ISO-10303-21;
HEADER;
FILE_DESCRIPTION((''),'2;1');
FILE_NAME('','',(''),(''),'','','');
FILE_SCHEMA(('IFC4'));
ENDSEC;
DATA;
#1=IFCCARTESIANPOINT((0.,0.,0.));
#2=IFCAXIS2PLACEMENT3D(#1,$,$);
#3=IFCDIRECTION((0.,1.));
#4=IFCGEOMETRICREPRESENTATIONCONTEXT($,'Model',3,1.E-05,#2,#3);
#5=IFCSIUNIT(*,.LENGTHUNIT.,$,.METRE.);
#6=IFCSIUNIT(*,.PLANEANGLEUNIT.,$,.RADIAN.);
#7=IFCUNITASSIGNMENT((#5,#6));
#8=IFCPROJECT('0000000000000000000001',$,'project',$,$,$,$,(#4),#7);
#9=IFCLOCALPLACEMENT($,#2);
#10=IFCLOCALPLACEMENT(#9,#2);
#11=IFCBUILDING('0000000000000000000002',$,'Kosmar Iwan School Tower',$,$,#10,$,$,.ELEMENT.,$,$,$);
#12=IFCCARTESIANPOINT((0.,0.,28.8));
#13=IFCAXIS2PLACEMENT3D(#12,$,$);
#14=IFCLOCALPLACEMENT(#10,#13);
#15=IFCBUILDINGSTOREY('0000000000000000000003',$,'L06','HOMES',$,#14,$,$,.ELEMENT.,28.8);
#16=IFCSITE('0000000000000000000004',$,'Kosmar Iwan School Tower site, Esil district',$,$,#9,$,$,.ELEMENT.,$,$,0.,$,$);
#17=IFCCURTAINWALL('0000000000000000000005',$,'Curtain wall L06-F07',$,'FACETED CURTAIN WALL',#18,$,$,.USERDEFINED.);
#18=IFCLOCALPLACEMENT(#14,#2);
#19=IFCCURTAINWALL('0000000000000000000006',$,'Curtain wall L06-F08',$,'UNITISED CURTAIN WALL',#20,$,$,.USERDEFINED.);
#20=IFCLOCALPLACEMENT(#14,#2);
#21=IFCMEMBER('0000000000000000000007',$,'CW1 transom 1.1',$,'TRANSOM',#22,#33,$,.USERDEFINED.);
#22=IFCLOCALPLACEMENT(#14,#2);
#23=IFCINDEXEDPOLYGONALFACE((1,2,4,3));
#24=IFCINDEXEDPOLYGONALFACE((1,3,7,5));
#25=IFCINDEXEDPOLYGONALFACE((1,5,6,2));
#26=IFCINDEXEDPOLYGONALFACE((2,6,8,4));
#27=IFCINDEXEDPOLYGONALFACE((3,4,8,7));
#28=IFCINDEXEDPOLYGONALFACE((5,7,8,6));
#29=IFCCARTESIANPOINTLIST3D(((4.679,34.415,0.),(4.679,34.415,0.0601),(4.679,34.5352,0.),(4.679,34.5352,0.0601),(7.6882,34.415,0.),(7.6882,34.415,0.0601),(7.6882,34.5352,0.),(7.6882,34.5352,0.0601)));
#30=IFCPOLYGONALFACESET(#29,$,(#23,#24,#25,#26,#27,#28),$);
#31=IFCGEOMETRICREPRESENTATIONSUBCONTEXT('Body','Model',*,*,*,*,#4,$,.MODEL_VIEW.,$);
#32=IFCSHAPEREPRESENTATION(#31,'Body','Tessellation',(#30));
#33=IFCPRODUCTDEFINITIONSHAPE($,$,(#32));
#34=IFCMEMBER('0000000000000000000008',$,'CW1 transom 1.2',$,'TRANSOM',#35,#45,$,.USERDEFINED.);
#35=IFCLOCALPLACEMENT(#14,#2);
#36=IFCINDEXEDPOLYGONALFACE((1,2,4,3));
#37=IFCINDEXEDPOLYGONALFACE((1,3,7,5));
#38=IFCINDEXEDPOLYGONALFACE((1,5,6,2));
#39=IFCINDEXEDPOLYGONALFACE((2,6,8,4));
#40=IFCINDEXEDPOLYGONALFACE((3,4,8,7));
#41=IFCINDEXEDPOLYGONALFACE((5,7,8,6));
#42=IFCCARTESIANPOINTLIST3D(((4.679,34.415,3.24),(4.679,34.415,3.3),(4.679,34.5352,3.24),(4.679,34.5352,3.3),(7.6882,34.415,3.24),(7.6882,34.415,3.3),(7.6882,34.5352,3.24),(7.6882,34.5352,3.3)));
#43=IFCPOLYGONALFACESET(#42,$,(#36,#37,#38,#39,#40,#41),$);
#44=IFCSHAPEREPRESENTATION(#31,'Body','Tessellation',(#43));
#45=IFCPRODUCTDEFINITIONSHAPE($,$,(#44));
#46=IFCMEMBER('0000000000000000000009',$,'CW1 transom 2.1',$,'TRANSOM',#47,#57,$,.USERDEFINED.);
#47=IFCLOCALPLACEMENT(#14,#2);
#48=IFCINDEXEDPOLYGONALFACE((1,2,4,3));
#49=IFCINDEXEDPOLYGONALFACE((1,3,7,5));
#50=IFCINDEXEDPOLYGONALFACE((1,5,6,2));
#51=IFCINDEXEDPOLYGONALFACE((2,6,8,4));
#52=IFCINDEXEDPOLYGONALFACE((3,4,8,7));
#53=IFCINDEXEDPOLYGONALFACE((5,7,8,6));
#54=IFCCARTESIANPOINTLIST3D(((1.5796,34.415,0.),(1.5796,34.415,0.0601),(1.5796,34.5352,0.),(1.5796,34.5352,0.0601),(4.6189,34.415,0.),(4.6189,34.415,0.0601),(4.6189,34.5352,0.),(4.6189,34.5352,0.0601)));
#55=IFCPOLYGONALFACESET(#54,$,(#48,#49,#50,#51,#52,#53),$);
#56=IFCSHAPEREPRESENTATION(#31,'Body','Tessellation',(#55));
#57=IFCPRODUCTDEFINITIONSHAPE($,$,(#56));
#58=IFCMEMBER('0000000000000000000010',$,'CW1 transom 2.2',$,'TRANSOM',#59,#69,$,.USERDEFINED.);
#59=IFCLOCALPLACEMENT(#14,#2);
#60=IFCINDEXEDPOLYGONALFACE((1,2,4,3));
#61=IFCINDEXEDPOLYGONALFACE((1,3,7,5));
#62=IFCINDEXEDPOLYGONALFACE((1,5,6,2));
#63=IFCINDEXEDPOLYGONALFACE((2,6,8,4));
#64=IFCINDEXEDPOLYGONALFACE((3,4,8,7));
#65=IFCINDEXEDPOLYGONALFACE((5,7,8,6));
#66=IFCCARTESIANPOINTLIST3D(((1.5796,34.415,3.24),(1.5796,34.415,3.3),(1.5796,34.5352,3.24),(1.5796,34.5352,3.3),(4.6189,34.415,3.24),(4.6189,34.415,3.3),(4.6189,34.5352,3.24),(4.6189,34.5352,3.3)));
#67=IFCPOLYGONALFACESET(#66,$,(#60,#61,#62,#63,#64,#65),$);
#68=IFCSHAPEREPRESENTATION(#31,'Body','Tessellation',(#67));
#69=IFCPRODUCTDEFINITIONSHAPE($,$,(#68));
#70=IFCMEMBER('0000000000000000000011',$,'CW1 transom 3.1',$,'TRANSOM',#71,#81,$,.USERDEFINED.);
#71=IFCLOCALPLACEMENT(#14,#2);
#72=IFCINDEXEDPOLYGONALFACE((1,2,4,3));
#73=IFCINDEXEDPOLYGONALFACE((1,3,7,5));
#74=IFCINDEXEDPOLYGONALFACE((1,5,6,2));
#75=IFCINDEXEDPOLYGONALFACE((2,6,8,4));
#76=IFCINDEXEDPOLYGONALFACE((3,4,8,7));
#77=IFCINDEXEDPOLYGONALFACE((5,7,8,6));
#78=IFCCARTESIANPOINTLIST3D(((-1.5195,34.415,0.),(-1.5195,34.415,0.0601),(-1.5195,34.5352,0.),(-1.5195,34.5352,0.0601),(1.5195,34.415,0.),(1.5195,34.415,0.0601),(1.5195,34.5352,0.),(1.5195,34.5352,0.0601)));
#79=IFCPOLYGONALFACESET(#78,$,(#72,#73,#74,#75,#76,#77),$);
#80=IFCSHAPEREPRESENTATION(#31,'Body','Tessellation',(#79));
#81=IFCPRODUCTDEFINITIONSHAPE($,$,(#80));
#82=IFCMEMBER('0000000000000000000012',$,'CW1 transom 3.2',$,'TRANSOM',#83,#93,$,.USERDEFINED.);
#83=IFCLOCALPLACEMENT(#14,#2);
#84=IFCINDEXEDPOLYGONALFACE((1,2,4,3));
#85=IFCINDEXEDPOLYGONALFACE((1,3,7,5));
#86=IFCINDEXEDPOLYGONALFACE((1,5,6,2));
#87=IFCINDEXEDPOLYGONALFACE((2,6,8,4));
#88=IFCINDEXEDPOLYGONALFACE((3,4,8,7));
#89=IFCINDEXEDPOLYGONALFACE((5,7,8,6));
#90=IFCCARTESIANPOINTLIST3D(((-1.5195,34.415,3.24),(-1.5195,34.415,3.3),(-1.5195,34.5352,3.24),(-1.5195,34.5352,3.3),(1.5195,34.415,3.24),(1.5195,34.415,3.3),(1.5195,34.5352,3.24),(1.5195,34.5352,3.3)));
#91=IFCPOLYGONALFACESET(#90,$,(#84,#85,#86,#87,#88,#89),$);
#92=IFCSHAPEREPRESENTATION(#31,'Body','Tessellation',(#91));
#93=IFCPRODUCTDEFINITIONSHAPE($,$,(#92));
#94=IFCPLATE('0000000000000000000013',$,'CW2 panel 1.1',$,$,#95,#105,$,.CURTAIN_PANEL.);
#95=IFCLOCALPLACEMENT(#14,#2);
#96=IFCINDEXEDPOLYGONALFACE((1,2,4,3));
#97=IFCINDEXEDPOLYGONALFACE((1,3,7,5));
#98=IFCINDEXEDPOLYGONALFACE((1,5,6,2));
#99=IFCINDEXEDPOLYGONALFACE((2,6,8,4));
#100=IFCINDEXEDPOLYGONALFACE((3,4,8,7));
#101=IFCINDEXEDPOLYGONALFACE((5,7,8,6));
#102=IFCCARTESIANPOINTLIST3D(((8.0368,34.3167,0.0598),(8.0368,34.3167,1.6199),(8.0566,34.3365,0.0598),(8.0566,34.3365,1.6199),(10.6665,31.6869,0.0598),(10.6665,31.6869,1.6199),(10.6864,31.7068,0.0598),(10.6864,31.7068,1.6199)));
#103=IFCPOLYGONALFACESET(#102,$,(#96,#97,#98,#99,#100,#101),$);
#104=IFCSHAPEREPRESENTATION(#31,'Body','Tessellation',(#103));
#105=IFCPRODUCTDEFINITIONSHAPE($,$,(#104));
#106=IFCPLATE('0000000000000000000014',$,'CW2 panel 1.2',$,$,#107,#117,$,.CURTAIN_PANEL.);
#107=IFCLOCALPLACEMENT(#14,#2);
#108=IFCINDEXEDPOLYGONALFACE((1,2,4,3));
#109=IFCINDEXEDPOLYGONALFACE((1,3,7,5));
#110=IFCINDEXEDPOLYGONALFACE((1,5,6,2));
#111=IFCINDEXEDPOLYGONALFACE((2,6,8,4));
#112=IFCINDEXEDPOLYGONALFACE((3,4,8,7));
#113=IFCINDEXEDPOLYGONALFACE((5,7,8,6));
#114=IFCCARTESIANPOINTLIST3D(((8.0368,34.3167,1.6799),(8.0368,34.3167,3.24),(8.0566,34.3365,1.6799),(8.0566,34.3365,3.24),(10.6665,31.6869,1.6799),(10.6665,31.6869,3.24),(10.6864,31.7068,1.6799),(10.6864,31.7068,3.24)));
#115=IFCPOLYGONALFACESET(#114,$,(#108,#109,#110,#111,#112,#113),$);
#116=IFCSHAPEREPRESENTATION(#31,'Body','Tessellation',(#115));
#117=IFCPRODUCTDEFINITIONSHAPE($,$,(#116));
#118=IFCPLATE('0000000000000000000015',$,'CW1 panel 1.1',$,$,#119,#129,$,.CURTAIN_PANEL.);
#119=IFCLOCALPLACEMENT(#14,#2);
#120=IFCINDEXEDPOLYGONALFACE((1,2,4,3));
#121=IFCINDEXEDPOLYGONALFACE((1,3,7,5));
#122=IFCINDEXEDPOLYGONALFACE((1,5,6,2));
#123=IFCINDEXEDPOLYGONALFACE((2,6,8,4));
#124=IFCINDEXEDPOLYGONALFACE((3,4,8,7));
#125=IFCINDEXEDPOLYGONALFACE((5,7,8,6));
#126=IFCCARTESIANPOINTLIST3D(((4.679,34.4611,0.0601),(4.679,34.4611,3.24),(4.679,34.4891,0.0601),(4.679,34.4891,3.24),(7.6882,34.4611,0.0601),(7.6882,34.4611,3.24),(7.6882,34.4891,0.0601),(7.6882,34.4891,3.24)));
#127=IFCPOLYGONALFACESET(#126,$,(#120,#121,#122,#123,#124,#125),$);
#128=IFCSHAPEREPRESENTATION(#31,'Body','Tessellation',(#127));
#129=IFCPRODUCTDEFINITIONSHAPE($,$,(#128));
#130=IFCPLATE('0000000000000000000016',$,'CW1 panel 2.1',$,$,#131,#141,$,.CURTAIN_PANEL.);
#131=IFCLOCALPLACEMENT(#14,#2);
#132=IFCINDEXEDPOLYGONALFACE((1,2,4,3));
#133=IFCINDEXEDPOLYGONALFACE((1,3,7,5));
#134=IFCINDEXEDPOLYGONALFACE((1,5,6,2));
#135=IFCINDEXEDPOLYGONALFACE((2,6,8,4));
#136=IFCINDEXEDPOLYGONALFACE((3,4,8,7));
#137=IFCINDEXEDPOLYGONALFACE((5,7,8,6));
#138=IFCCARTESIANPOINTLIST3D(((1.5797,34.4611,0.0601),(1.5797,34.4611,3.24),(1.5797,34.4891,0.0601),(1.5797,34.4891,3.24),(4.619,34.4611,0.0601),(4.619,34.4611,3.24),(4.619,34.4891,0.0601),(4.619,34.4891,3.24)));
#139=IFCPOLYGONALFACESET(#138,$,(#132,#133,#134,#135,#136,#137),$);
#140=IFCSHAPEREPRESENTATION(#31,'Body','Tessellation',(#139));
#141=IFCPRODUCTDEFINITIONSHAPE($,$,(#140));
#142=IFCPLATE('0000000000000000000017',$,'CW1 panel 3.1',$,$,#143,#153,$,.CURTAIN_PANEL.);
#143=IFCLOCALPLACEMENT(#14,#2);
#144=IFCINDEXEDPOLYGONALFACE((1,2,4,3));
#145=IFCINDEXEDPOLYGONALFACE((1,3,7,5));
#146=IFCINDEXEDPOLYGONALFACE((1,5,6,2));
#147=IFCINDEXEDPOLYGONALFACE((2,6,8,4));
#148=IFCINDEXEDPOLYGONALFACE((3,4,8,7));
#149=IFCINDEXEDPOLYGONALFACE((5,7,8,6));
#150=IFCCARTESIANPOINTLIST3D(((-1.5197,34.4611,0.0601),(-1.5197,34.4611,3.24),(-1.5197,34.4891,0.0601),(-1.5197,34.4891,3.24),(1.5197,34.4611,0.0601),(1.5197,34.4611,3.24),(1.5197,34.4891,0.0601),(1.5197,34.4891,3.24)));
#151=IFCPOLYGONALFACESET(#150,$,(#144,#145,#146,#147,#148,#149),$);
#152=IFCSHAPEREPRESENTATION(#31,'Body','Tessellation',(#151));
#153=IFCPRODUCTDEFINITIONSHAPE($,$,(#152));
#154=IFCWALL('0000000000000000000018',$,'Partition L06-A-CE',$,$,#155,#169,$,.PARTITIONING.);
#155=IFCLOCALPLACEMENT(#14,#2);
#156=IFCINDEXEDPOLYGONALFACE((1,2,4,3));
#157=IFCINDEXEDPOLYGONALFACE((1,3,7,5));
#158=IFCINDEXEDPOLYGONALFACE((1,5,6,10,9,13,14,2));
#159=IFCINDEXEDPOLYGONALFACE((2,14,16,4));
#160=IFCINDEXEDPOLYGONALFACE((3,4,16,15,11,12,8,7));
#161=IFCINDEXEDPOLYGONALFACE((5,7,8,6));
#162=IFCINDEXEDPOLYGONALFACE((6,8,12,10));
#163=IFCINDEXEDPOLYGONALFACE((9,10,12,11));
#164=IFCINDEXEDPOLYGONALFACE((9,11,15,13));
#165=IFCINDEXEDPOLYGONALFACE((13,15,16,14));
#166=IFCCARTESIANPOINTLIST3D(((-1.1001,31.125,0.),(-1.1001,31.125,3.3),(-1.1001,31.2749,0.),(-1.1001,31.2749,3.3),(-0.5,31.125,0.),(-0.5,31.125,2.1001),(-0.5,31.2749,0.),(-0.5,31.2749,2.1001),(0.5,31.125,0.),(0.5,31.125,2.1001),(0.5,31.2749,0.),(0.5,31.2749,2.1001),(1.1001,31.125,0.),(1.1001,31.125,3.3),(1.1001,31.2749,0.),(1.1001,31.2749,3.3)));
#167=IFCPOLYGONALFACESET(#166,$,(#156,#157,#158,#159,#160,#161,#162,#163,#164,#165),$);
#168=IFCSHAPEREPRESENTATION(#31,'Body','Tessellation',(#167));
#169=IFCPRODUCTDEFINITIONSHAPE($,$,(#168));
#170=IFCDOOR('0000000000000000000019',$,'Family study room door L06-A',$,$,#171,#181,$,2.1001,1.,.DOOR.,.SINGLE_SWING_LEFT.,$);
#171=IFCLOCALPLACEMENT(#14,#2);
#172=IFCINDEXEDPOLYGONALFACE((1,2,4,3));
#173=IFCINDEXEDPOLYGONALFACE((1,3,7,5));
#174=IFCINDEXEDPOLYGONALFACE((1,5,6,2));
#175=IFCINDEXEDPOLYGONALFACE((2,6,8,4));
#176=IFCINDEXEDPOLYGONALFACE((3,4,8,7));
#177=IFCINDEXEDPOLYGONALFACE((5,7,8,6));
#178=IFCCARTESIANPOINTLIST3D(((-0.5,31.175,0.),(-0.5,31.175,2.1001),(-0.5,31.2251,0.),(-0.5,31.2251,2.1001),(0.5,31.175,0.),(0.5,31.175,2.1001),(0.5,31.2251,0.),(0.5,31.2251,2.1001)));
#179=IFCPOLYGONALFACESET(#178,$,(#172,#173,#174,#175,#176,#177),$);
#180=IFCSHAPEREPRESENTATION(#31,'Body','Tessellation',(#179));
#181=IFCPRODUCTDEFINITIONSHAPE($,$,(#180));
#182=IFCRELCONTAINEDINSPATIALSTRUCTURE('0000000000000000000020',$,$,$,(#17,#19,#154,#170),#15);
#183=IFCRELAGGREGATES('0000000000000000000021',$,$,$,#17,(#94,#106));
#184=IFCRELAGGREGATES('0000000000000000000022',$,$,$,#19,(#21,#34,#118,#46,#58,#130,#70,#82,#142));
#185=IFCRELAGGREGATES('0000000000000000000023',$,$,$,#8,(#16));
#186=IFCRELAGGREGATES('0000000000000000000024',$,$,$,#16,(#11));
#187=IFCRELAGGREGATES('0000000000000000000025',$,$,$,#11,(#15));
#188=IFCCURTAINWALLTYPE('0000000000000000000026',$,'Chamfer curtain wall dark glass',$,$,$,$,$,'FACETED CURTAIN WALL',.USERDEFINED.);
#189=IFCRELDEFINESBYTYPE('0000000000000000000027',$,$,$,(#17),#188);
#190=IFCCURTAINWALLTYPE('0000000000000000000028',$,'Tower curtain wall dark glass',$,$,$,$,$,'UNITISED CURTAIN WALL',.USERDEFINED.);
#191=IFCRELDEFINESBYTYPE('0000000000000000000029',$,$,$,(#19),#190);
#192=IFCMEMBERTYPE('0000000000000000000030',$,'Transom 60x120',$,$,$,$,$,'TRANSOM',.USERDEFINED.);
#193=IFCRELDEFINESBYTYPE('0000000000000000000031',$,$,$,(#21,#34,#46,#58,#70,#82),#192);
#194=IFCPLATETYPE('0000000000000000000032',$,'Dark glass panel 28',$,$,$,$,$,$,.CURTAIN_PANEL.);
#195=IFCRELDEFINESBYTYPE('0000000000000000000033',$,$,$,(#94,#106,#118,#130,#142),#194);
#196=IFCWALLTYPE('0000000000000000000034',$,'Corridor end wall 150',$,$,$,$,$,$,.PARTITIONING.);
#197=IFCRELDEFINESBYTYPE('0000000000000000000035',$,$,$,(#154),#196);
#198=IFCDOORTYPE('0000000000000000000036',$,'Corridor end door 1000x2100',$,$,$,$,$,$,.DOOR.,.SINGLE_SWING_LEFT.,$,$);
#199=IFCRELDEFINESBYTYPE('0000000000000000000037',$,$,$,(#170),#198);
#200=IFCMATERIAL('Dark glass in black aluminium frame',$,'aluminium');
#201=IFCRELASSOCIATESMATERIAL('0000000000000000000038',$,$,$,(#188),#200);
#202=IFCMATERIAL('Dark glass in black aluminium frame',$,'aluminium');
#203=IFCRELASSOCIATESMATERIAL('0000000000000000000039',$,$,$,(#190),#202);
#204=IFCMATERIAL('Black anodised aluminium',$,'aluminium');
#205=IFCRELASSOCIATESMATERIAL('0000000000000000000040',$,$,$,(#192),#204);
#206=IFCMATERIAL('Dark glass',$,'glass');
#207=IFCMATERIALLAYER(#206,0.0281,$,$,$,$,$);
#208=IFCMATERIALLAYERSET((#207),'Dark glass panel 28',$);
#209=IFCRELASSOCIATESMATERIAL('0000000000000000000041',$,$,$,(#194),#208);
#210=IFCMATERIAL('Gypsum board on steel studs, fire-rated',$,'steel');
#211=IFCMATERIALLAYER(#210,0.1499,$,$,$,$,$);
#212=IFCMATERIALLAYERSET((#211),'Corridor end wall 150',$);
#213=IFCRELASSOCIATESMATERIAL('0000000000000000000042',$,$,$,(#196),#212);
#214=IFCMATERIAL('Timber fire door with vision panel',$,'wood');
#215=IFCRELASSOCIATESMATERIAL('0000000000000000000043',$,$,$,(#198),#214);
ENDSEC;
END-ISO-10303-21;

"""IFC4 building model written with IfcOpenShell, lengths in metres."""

from ifc_helpers import new_model, si_unit, direction, frame, frame_2d, origin, origin_2d, place, context, subcontext, project, spatial, rectangle, extrude, material, layer, layer_set, material_profile, profile_set, type_object, element, fill, aggregate, save


model = new_model("IFC4")

# Units and contexts
model_context = context("Model", 3, precision=1e-05, world=origin(), true_north=direction((0.0, 1.0)))
body_context = subcontext(model_context, "Body", "Model", "MODEL_VIEW")
ifc_project = project(units=[si_unit("LENGTHUNIT", "METRE"), si_unit("PLANEANGLEUNIT", "RADIAN")], contexts=[model_context])

# Site, building, storey
site_placement = place(None, origin())
site = spatial("IfcSite", under=ifc_project, at=site_placement, Name="Kosmar Iwan School Tower site, Esil district", CompositionType="ELEMENT", RefElevation=0.0)
building_placement = place(site_placement, origin())
building = spatial("IfcBuilding", under=site, at=building_placement, Name="Kosmar Iwan School Tower", CompositionType="ELEMENT")
storey_placement = place(building_placement, frame((0.0, 0.0, 28.8)))
storey = spatial("IfcBuildingStorey", under=building, at=storey_placement, Name="L06", Description="HOMES", CompositionType="ELEMENT", Elevation=28.8)

# Curtain walls
ifc_material_1 = material(Name="Dark glass in black aluminium frame", Category="aluminium")
curtain_wall_type_1 = type_object("IfcCurtainWallType", Name="Chamfer curtain wall dark glass", ElementType="FACETED CURTAIN WALL", PredefinedType="USERDEFINED", material=ifc_material_1)
curtain_wall_1_placement = place(storey_placement, origin())
curtain_wall_1 = element("IfcCurtainWall", 1, at=curtain_wall_1_placement, inside=storey, type_object=curtain_wall_type_1, Name="Curtain wall L06-F07", ObjectType="FACETED CURTAIN WALL", PredefinedType="USERDEFINED")
ifc_material_2 = material(Name="Dark glass in black aluminium frame", Category="aluminium")
curtain_wall_type_2 = type_object("IfcCurtainWallType", Name="Tower curtain wall dark glass", ElementType="UNITISED CURTAIN WALL", PredefinedType="USERDEFINED", material=ifc_material_2)
curtain_wall_2_placement = place(storey_placement, origin())
curtain_wall_2 = element("IfcCurtainWall", 2, at=curtain_wall_2_placement, inside=storey, type_object=curtain_wall_type_2, Name="Curtain wall L06-F08", ObjectType="UNITISED CURTAIN WALL", PredefinedType="USERDEFINED")

# Members
ifc_material_3 = material(Name="Black anodised aluminium", Category="aluminium")
ifc_material_profile_1 = material_profile(ifc_material_3, rectangle(XDim=0.1201, YDim=0.0601, at=origin_2d()), Name="TRANSOM 60x120")
ifc_profile_set_1 = profile_set([ifc_material_profile_1], Name="Black anodised aluminium")
member_type_1 = type_object("IfcMemberType", Name="Transom 60x120", ElementType="TRANSOM", PredefinedType="USERDEFINED", material=ifc_profile_set_1)
member_1_placement = place(storey_placement, frame((7.6882, 34.4751, 0.03), z_axis=(-1.0, 0.0, 0.0), x_axis=(0.0, -1.0, 0.0)))
member_1 = element("IfcMember", 3, at=member_1_placement, type_object=member_type_1, Name="CW1 transom 1.1", ObjectType="TRANSOM", PredefinedType="USERDEFINED", context=body_context, shape_type="SweptSolid", body=[
    extrude(rectangle(XDim=0.1201, YDim=0.0601, at=origin_2d()), origin(), (0.0, 0.0, 1.0), 3.0093),
])
member_2_placement = place(storey_placement, frame((7.6882, 34.4751, 3.27), z_axis=(-1.0, 0.0, 0.0), x_axis=(0.0, -1.0, 0.0)))
member_2 = element("IfcMember", 4, at=member_2_placement, type_object=member_type_1, Name="CW1 transom 1.2", ObjectType="TRANSOM", PredefinedType="USERDEFINED", context=body_context, shape_type="SweptSolid", body=[
    extrude(rectangle(XDim=0.1201, YDim=0.0601, at=origin_2d()), origin(), (0.0, 0.0, 1.0), 3.0093),
])
member_3_placement = place(storey_placement, frame((4.6189, 34.4751, 0.03), z_axis=(-1.0, 0.0, 0.0), x_axis=(0.0, -1.0, 0.0)))
member_3 = element("IfcMember", 5, at=member_3_placement, type_object=member_type_1, Name="CW1 transom 2.1", ObjectType="TRANSOM", PredefinedType="USERDEFINED", context=body_context, shape_type="SweptSolid", body=[
    extrude(rectangle(XDim=0.1201, YDim=0.0601, at=origin_2d()), origin(), (0.0, 0.0, 1.0), 3.0393),
])
member_4_placement = place(storey_placement, frame((4.6189, 34.4751, 3.27), z_axis=(-1.0, 0.0, 0.0), x_axis=(0.0, -1.0, 0.0)))
member_4 = element("IfcMember", 6, at=member_4_placement, type_object=member_type_1, Name="CW1 transom 2.2", ObjectType="TRANSOM", PredefinedType="USERDEFINED", context=body_context, shape_type="SweptSolid", body=[
    extrude(rectangle(XDim=0.1201, YDim=0.0601, at=origin_2d()), origin(), (0.0, 0.0, 1.0), 3.0393),
])
member_5_placement = place(storey_placement, frame((1.5195, 34.4751, 0.03), z_axis=(-1.0, 0.0, 0.0), x_axis=(0.0, -1.0, 0.0)))
member_5 = element("IfcMember", 7, at=member_5_placement, type_object=member_type_1, Name="CW1 transom 3.1", ObjectType="TRANSOM", PredefinedType="USERDEFINED", context=body_context, shape_type="SweptSolid", body=[
    extrude(rectangle(XDim=0.1201, YDim=0.0601, at=origin_2d()), origin(), (0.0, 0.0, 1.0), 3.0391),
])
member_6_placement = place(storey_placement, frame((1.5195, 34.4751, 3.27), z_axis=(-1.0, 0.0, 0.0), x_axis=(0.0, -1.0, 0.0)))
member_6 = element("IfcMember", 8, at=member_6_placement, type_object=member_type_1, Name="CW1 transom 3.2", ObjectType="TRANSOM", PredefinedType="USERDEFINED", context=body_context, shape_type="SweptSolid", body=[
    extrude(rectangle(XDim=0.1201, YDim=0.0601, at=origin_2d()), origin(), (0.0, 0.0, 1.0), 3.0391),
])

# Plates
ifc_material_4 = material(Name="Dark glass", Category="glass")
ifc_layer_1 = layer(ifc_material_4, 0.0281)
ifc_layer_set_1 = layer_set([ifc_layer_1], Name="Dark glass panel 28")
plate_type = type_object("IfcPlateType", Name="Dark glass panel 28", PredefinedType="CURTAIN_PANEL", material=ifc_layer_set_1)
plate_1_placement = place(storey_placement, frame((9.3616, 33.0117, 0.0598), z_axis=(0.0, 0.0, 1.0), x_axis=(-0.707107, 0.707107, 0.0)))
plate_1 = element("IfcPlate", 9, at=plate_1_placement, type_object=plate_type, Name="CW2 panel 1.1", PredefinedType="CURTAIN_PANEL", context=body_context, shape_type="SweptSolid", body=[
    extrude(rectangle(XDim=3.719, YDim=0.0281, at=origin_2d()), origin(), (0.0, 0.0, 1.0), 1.5601),
])
plate_2_placement = place(storey_placement, frame((9.3616, 33.0117, 1.6799), z_axis=(0.0, 0.0, 1.0), x_axis=(-0.707107, 0.707107, 0.0)))
plate_2 = element("IfcPlate", 10, at=plate_2_placement, type_object=plate_type, Name="CW2 panel 1.2", PredefinedType="CURTAIN_PANEL", context=body_context, shape_type="SweptSolid", body=[
    extrude(rectangle(XDim=3.719, YDim=0.0281, at=origin_2d()), origin(), (0.0, 0.0, 1.0), 1.5601),
])
aggregate(curtain_wall_1, [plate_1, plate_2])
plate_3_placement = place(storey_placement, frame((6.1836, 34.4751, 0.0601), z_axis=(0.0, 0.0, 1.0), x_axis=(-1.0, 0.0, 0.0)))
plate_3 = element("IfcPlate", 11, at=plate_3_placement, type_object=plate_type, Name="CW1 panel 1.1", PredefinedType="CURTAIN_PANEL", context=body_context, shape_type="SweptSolid", body=[
    extrude(rectangle(XDim=3.0093, YDim=0.0281, at=origin_2d()), origin(), (0.0, 0.0, 1.0), 3.1799),
])
plate_4_placement = place(storey_placement, frame((3.0994, 34.4751, 0.0601), z_axis=(0.0, 0.0, 1.0), x_axis=(-1.0, 0.0, 0.0)))
plate_4 = element("IfcPlate", 12, at=plate_4_placement, type_object=plate_type, Name="CW1 panel 2.1", PredefinedType="CURTAIN_PANEL", context=body_context, shape_type="SweptSolid", body=[
    extrude(rectangle(XDim=3.0393, YDim=0.0281, at=origin_2d()), origin(), (0.0, 0.0, 1.0), 3.1799),
])
plate_5_placement = place(storey_placement, frame((0.0, 34.4751, 0.0601), z_axis=(0.0, 0.0, 1.0), x_axis=(-1.0, 0.0, 0.0)))
plate_5 = element("IfcPlate", 13, at=plate_5_placement, type_object=plate_type, Name="CW1 panel 3.1", PredefinedType="CURTAIN_PANEL", context=body_context, shape_type="SweptSolid", body=[
    extrude(rectangle(XDim=3.0393, YDim=0.0281, at=origin_2d()), origin(), (0.0, 0.0, 1.0), 3.1799),
])
aggregate(curtain_wall_2, [member_1, member_2, plate_3, member_3, member_4, plate_4, member_5, member_6, plate_5])

# Wall, opening, door
ifc_material_5 = material(Name="Gypsum board on steel studs, fire-rated", Category="steel")
ifc_layer_2 = layer(ifc_material_5, 0.1499)
ifc_layer_set_2 = layer_set([ifc_layer_2], Name="Corridor end wall 150")
wall_type_1 = type_object("IfcWallType", Name="Corridor end wall 150", PredefinedType="PARTITIONING", material=ifc_layer_set_2)
wall_placement = place(storey_placement, frame((1.1001, 31.2, 0.0), z_axis=(0.0, 0.0, 1.0), x_axis=(-1.0, 0.0, 0.0)))
wall = element("IfcWall", 14, at=wall_placement, inside=storey, type_object=wall_type_1, Name="Partition L06-A-CE", PredefinedType="PARTITIONING", context=body_context, shape_type="SweptSolid", body=[
    extrude(rectangle(XDim=2.2002, YDim=0.1499, at=frame_2d((1.1001, 0.0))), origin(), (0.0, 0.0, 1.0), 3.3),
])
opening_placement = place(wall_placement, frame((0.6001, 0.0, 0.0)))
opening = element("IfcOpeningElement", 15, at=opening_placement, cuts=wall, PredefinedType="OPENING", context=body_context, shape_type="SweptSolid", body=[
    extrude(rectangle(XDim=1.0, YDim=2.1001, at=frame_2d((0.5, 1.05))), frame((0.0, 0.0869, 0.0), z_axis=(0.0, -1.0, 0.0), x_axis=(1.0, 0.0, 0.0)), (0.0, 0.0, 1.0), 0.1738),
])
ifc_material_6 = material(Name="Timber fire door with vision panel", Category="wood")
door_type = type_object("IfcDoorType", Name="Corridor end door 1000x2100", OperationType="SINGLE_SWING_LEFT", PredefinedType="DOOR", material=ifc_material_6)
door_placement = place(opening_placement, origin())
door = element("IfcDoor", 16, at=door_placement, inside=storey, type_object=door_type, Name="Family study room door L06-A", OperationType="SINGLE_SWING_LEFT", OverallHeight=2.1001, OverallWidth=1.0, PredefinedType="DOOR", context=body_context, shape_type="SweptSolid", body=[
    extrude(rectangle(XDim=1.0, YDim=2.1001, at=frame_2d((0.5, 1.05))), frame((0.0, 0.0249, 0.0), z_axis=(0.0, -1.0, 0.0), x_axis=(1.0, 0.0, 0.0)), (0.0, 0.0, 1.0), 0.05),
])
fill(opening, door)

save(model, "model.ifc")
